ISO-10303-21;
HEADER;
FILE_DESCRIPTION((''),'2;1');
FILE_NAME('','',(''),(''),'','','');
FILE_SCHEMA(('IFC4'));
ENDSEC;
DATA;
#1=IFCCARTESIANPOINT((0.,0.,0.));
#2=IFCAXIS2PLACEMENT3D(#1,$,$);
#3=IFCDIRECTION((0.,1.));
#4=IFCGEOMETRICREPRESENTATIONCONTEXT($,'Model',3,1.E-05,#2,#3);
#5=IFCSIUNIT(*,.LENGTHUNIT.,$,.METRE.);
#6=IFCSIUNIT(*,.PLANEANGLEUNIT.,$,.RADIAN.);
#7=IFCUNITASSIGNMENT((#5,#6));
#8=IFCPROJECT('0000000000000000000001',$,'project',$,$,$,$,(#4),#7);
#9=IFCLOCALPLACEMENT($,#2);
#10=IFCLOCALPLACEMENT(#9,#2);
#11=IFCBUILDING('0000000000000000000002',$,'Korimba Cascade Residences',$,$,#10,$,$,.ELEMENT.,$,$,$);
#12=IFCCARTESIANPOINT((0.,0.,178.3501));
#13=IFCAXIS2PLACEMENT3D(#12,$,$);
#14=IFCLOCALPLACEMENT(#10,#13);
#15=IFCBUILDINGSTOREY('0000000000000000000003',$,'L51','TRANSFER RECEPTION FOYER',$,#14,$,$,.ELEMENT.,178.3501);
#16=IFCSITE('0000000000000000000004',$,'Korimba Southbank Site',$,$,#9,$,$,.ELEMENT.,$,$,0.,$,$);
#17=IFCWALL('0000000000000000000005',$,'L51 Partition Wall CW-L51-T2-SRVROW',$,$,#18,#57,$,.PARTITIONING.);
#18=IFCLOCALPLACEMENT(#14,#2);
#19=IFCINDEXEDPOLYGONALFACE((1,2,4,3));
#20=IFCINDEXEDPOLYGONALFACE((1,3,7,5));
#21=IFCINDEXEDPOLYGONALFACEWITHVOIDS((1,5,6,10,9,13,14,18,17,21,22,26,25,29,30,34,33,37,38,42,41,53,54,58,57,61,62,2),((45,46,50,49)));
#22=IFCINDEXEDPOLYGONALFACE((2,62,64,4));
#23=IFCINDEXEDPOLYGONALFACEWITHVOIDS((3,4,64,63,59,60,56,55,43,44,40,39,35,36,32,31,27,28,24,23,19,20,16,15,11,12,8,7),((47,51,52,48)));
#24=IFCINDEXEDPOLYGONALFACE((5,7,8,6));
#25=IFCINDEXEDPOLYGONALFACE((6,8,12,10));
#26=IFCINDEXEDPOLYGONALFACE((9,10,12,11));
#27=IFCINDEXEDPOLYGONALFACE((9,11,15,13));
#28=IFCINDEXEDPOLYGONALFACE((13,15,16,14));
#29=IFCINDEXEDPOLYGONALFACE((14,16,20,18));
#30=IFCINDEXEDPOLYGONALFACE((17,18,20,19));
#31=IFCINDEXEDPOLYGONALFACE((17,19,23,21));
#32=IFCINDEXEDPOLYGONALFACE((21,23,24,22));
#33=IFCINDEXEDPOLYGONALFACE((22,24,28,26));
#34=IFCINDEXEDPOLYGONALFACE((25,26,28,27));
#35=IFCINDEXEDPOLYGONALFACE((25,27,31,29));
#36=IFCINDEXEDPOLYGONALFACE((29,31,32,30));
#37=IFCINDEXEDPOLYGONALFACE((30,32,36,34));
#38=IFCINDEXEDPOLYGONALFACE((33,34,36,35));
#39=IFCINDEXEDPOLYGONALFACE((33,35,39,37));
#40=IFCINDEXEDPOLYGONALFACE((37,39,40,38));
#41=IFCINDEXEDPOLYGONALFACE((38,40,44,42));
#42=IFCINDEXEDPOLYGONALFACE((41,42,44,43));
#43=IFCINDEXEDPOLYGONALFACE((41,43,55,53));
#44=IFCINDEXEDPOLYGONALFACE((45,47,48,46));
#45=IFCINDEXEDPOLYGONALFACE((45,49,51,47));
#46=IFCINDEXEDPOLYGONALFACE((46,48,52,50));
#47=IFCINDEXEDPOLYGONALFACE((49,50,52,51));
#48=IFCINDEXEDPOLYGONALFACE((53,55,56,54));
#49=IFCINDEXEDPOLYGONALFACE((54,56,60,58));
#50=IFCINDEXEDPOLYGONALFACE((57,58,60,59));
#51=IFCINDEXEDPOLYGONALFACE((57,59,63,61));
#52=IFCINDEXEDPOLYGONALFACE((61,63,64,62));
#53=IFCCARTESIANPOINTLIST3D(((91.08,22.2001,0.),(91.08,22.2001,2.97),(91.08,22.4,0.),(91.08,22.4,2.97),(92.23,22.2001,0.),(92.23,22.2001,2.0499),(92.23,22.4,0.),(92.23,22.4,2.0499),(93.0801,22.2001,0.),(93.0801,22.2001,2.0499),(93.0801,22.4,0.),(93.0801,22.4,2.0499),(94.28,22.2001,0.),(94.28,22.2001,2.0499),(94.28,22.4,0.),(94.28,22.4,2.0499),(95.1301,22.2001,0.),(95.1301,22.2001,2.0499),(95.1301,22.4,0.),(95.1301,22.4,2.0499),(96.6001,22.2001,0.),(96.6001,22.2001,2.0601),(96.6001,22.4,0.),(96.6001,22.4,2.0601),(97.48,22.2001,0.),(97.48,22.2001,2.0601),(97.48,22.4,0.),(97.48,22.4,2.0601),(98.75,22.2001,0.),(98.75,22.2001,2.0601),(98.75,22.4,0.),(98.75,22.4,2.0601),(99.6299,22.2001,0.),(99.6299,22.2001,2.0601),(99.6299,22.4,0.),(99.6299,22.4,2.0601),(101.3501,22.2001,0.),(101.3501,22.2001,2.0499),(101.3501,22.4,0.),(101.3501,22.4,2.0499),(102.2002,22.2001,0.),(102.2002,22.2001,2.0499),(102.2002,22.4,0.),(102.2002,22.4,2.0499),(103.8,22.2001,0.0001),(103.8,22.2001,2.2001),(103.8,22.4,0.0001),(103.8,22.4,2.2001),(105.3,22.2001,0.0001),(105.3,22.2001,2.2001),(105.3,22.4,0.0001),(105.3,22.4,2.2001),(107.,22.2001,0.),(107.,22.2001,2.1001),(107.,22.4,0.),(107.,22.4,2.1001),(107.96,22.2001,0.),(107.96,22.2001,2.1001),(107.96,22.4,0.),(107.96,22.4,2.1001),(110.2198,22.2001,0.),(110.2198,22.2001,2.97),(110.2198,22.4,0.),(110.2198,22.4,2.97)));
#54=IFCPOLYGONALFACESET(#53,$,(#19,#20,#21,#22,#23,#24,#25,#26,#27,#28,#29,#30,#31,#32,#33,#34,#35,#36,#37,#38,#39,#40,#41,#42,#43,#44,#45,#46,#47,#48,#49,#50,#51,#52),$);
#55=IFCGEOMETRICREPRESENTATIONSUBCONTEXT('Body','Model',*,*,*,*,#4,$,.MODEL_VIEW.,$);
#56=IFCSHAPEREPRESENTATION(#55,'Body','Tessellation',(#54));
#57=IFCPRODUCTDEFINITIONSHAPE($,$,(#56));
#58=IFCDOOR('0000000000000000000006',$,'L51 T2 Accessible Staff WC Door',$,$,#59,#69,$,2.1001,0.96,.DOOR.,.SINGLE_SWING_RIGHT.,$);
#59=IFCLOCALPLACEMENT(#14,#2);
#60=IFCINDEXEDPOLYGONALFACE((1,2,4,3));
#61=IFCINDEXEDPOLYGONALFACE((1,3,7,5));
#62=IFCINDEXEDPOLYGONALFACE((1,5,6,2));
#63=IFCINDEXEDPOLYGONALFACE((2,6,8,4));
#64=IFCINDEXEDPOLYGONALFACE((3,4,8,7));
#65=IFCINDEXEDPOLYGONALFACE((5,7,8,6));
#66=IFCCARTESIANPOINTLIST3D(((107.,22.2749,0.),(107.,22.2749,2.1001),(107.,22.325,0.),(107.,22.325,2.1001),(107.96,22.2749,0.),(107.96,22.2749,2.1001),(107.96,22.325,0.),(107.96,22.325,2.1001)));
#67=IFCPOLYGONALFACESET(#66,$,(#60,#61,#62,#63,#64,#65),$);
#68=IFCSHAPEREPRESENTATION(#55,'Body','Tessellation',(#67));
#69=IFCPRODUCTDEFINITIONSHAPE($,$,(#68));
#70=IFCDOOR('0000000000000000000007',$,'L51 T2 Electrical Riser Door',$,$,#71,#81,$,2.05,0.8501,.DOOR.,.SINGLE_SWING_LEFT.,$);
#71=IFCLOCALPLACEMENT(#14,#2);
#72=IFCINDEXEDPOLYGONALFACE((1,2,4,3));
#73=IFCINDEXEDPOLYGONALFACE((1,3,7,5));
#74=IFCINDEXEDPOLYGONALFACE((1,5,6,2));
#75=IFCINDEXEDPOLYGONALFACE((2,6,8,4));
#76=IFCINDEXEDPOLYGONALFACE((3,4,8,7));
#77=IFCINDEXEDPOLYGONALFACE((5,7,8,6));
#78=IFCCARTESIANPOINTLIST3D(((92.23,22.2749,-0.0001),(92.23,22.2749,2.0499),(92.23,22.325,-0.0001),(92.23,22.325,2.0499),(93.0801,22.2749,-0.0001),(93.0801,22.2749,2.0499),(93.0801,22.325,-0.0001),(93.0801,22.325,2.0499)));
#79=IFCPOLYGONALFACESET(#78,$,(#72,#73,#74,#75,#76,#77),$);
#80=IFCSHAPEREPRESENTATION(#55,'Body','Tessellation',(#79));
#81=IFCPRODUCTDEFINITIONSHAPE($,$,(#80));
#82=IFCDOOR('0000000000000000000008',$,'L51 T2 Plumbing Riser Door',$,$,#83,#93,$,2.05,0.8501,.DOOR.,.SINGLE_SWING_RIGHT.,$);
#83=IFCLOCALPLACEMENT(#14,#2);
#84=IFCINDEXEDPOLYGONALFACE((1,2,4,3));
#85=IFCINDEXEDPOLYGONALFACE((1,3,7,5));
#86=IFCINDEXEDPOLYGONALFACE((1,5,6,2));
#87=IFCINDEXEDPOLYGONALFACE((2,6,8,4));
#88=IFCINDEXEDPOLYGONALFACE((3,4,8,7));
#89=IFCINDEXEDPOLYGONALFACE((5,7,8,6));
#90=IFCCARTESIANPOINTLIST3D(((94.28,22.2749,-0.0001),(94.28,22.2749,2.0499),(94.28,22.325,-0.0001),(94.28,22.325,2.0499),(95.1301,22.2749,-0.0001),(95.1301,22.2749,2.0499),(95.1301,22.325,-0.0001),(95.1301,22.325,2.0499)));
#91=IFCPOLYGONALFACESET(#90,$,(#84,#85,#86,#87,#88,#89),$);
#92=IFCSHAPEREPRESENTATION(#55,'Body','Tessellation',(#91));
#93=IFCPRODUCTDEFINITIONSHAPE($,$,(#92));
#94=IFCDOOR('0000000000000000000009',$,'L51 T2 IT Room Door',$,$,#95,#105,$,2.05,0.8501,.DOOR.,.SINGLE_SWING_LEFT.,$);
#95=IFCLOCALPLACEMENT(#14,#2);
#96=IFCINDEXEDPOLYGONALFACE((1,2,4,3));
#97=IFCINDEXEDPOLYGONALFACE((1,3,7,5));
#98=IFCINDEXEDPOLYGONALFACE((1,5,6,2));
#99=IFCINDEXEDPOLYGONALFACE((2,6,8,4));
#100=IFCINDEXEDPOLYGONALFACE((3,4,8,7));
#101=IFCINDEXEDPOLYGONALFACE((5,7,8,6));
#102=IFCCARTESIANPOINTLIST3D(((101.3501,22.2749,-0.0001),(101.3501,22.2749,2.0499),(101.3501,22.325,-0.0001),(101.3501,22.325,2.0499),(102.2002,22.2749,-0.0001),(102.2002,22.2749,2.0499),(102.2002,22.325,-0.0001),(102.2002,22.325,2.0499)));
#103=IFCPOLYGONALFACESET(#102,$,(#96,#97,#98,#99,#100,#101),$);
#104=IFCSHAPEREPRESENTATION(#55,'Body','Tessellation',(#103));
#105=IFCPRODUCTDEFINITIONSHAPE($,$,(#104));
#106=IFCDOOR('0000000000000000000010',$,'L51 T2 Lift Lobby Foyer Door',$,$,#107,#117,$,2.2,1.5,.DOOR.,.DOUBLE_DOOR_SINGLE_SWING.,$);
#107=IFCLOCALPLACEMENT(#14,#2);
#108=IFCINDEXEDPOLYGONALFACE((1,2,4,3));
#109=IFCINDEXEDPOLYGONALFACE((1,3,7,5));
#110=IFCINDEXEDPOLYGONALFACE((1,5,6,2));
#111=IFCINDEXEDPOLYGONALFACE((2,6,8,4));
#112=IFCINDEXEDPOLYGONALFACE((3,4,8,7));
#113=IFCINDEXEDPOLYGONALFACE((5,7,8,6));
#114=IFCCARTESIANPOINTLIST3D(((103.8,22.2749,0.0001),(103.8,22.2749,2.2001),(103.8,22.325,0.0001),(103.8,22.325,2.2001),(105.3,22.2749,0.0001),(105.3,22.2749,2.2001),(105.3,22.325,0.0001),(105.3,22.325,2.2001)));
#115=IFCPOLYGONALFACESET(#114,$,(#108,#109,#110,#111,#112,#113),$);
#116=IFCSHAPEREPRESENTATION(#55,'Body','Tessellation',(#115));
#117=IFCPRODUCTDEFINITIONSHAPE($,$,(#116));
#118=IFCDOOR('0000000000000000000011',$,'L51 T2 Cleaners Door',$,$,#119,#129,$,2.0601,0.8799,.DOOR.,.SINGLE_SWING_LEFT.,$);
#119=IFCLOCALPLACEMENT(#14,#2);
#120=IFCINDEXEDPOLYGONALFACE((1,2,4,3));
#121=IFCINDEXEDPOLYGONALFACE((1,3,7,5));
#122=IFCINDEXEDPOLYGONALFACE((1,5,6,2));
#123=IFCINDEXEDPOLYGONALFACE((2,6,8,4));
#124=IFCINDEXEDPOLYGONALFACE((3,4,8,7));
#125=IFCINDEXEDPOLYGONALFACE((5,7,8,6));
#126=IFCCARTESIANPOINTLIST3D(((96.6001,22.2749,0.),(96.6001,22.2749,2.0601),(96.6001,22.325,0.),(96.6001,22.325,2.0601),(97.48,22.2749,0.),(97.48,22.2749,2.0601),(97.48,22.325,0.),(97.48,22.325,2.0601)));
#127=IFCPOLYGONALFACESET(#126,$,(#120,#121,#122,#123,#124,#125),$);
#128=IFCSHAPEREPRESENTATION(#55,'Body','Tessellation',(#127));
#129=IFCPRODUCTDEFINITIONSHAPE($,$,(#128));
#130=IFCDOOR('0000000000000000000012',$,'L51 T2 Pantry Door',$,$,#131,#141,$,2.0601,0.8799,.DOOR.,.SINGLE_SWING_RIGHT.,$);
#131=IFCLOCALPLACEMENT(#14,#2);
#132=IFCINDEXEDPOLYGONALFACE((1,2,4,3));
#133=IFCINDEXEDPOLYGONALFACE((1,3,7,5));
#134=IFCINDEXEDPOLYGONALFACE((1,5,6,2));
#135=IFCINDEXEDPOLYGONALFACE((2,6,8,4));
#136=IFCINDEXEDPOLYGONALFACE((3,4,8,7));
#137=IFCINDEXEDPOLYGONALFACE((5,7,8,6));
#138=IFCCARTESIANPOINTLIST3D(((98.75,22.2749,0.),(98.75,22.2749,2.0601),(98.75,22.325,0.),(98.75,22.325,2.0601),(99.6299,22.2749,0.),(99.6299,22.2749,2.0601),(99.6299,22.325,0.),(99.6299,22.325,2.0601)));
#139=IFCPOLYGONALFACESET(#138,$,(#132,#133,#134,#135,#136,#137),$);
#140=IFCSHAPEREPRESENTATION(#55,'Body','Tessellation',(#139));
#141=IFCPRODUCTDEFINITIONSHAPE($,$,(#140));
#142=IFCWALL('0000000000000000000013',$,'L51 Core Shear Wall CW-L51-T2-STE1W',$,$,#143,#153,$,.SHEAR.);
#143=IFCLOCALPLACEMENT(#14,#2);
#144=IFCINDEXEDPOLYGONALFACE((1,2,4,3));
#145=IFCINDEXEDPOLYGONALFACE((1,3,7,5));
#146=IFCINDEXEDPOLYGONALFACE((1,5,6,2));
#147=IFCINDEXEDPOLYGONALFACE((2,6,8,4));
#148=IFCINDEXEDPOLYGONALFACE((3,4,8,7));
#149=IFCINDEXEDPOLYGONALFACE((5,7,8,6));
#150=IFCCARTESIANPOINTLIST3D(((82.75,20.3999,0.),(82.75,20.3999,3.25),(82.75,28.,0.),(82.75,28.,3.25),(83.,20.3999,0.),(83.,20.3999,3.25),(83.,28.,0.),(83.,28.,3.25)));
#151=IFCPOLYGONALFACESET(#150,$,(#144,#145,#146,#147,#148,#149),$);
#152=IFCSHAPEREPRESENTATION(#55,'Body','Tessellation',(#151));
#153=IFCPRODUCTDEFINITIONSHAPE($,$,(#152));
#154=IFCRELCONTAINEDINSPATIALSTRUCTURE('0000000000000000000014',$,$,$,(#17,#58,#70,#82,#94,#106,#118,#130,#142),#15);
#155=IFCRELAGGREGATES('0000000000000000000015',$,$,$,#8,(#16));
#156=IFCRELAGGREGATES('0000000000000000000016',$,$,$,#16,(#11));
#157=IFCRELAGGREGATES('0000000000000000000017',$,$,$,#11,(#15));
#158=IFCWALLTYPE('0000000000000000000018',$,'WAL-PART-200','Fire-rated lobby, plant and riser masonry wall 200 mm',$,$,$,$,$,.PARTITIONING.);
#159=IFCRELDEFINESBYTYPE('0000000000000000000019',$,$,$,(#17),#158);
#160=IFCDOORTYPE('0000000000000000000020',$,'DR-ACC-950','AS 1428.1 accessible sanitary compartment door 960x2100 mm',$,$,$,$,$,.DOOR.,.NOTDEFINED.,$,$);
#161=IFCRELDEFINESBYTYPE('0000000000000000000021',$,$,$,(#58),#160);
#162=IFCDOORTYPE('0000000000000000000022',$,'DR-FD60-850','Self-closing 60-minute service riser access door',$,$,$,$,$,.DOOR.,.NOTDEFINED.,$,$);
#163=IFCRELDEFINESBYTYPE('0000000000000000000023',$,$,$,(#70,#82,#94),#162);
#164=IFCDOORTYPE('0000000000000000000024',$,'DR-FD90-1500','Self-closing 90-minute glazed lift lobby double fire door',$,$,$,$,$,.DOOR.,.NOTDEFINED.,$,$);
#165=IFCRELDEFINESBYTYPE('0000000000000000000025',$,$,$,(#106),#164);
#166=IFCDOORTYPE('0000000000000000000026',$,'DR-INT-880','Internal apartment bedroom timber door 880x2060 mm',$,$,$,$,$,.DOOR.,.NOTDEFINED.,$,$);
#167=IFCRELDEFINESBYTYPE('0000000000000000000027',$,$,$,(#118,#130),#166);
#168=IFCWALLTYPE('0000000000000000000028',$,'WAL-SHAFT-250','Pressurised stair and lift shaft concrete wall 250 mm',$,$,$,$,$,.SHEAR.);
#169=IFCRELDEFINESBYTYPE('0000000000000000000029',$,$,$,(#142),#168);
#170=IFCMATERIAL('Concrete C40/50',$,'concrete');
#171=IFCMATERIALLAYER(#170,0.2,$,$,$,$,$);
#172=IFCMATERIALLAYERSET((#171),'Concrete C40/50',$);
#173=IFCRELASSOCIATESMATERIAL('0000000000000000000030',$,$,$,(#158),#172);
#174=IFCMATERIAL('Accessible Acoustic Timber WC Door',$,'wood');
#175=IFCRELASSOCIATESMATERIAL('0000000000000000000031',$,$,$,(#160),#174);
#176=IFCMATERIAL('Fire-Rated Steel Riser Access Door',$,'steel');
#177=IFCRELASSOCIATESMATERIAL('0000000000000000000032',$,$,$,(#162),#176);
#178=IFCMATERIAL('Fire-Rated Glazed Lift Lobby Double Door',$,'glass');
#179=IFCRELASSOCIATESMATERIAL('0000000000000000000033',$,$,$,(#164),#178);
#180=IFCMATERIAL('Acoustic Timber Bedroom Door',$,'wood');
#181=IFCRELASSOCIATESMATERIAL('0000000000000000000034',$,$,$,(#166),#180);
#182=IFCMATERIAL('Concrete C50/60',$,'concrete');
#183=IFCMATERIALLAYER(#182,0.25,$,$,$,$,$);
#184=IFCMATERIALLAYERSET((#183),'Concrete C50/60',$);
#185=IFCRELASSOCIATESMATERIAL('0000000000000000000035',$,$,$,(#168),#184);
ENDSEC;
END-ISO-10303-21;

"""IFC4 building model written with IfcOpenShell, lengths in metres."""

from ifc_helpers import new_model, si_unit, direction, frame, frame_2d, origin, place, context, subcontext, project, spatial, rectangle, extrude, material, layer, layer_set, type_object, element, fill, save


model = new_model("IFC4")

# Units and contexts
model_context = context("Model", 3, precision=1e-05, world=origin(), true_north=direction((0.0, 1.0)))
body_context = subcontext(model_context, "Body", "Model", "MODEL_VIEW")
ifc_project = project(units=[si_unit("LENGTHUNIT", "METRE"), si_unit("PLANEANGLEUNIT", "RADIAN")], contexts=[model_context])

# Site, building, storey
site_placement = place(None, origin())
site = spatial("IfcSite", under=ifc_project, at=site_placement, Name="Korimba Southbank Site", CompositionType="ELEMENT", RefElevation=0.0)
building_placement = place(site_placement, origin())
building = spatial("IfcBuilding", under=site, at=building_placement, Name="Korimba Cascade Residences", CompositionType="ELEMENT")
storey_placement = place(building_placement, frame((0.0, 0.0, 178.3501)))
storey = spatial("IfcBuildingStorey", under=building, at=storey_placement, Name="L51", Description="TRANSFER RECEPTION FOYER", CompositionType="ELEMENT", Elevation=178.3501)

# Shared definitions
ifc_material_1 = material(Name="Concrete C40/50", Category="concrete")
ifc_layer_1 = layer(ifc_material_1, 0.2)
ifc_layer_set_1 = layer_set([ifc_layer_1], Name="Concrete C40/50")
wall_type_1 = type_object("IfcWallType", Name="WAL-PART-200", Description="Fire-rated lobby, plant and riser masonry wall 200 mm", PredefinedType="PARTITIONING", material=ifc_layer_set_1)

# Wall, openings, doors
wall_1_placement = place(storey_placement, frame((91.0801, 22.3, 0.0), z_axis=(0.0, 0.0, 1.0), x_axis=(1.0, 0.0, 0.0)))
wall_1 = element("IfcWall", 1, at=wall_1_placement, inside=storey, type_object=wall_type_1, Name="L51 Partition Wall CW-L51-T2-SRVROW", PredefinedType="PARTITIONING", context=body_context, shape_type="SweptSolid", body=[
    extrude(rectangle(XDim=19.1399, YDim=0.2, at=frame_2d((9.5698, 0.0))), origin(), (0.0, 0.0, 1.0), 2.97),
])
opening_1_placement = place(wall_1_placement, frame((1.1499, 0.0, 0.0)))
opening_1 = element("IfcOpeningElement", 2, at=opening_1_placement, cuts=wall_1, PredefinedType="OPENING", context=body_context, shape_type="SweptSolid", body=[
    extrude(rectangle(XDim=0.8501, YDim=2.05, at=frame_2d((0.425, 1.0249))), frame((0.0, 0.1099, 0.0), z_axis=(0.0, -1.0, 0.0), x_axis=(1.0, 0.0, 0.0)), (0.0, 0.0, 1.0), 0.22),
])
opening_2_placement = place(wall_1_placement, frame((3.2, 0.0, 0.0)))
opening_2 = element("IfcOpeningElement", 3, at=opening_2_placement, cuts=wall_1, PredefinedType="OPENING", context=body_context, shape_type="SweptSolid", body=[
    extrude(rectangle(XDim=0.8501, YDim=2.05, at=frame_2d((0.425, 1.0249))), frame((0.0, 0.1099, 0.0), z_axis=(0.0, -1.0, 0.0), x_axis=(1.0, 0.0, 0.0)), (0.0, 0.0, 1.0), 0.22),
])
opening_3_placement = place(wall_1_placement, frame((12.72, 0.0, 0.0)))
opening_3 = element("IfcOpeningElement", 4, at=opening_3_placement, cuts=wall_1, PredefinedType="OPENING", context=body_context, shape_type="SweptSolid", body=[
    extrude(rectangle(XDim=1.5, YDim=2.2, at=frame_2d((0.75, 1.1001))), frame((0.0, 0.1099, 0.0), z_axis=(0.0, -1.0, 0.0), x_axis=(1.0, 0.0, 0.0)), (0.0, 0.0, 1.0), 0.22),
])
opening_4_placement = place(wall_1_placement, frame((5.52, 0.0, 0.0)))
opening_4 = element("IfcOpeningElement", 5, at=opening_4_placement, cuts=wall_1, PredefinedType="OPENING", context=body_context, shape_type="SweptSolid", body=[
    extrude(rectangle(XDim=0.8799, YDim=2.0601, at=frame_2d((0.4399, 1.03))), frame((0.0, 0.1099, 0.0), z_axis=(0.0, -1.0, 0.0), x_axis=(1.0, 0.0, 0.0)), (0.0, 0.0, 1.0), 0.22),
])
opening_5_placement = place(wall_1_placement, frame((7.6699, 0.0, 0.0)))
opening_5 = element("IfcOpeningElement", 6, at=opening_5_placement, cuts=wall_1, PredefinedType="OPENING", context=body_context, shape_type="SweptSolid", body=[
    extrude(rectangle(XDim=0.8799, YDim=2.0601, at=frame_2d((0.4399, 1.03))), frame((0.0, 0.1099, 0.0), z_axis=(0.0, -1.0, 0.0), x_axis=(1.0, 0.0, 0.0)), (0.0, 0.0, 1.0), 0.22),
])
opening_6_placement = place(wall_1_placement, frame((10.27, 0.0, 0.0)))
opening_6 = element("IfcOpeningElement", 7, at=opening_6_placement, cuts=wall_1, PredefinedType="OPENING", context=body_context, shape_type="SweptSolid", body=[
    extrude(rectangle(XDim=0.8501, YDim=2.05, at=frame_2d((0.425, 1.0249))), frame((0.0, 0.1099, 0.0), z_axis=(0.0, -1.0, 0.0), x_axis=(1.0, 0.0, 0.0)), (0.0, 0.0, 1.0), 0.22),
])
opening_7_placement = place(wall_1_placement, frame((15.9199, 0.0, 0.0)))
opening_7 = element("IfcOpeningElement", 8, at=opening_7_placement, cuts=wall_1, PredefinedType="OPENING", context=body_context, shape_type="SweptSolid", body=[
    extrude(rectangle(XDim=0.96, YDim=2.1001, at=frame_2d((0.48, 1.05))), frame((0.0, 0.1099, 0.0), z_axis=(0.0, -1.0, 0.0), x_axis=(1.0, 0.0, 0.0)), (0.0, 0.0, 1.0), 0.22),
])
ifc_material_2 = material(Name="Accessible Acoustic Timber WC Door", Category="wood")
door_type_1 = type_object("IfcDoorType", Name="DR-ACC-950", Description="AS 1428.1 accessible sanitary compartment door 960x2100 mm", OperationType="NOTDEFINED", PredefinedType="DOOR", material=ifc_material_2)
door_1_placement = place(opening_7_placement, origin())
door_1 = element("IfcDoor", 9, at=door_1_placement, inside=storey, type_object=door_type_1, Name="L51 T2 Accessible Staff WC Door", OperationType="SINGLE_SWING_RIGHT", OverallHeight=2.1001, OverallWidth=0.96, PredefinedType="DOOR", context=body_context, shape_type="SweptSolid", body=[
    extrude(rectangle(XDim=0.96, YDim=2.1001, at=frame_2d((0.48, 1.05))), frame((0.0, 0.0249, 0.0), z_axis=(0.0, -1.0, 0.0), x_axis=(1.0, 0.0, 0.0)), (0.0, 0.0, 1.0), 0.05),
])
fill(opening_7, door_1)
ifc_material_3 = material(Name="Fire-Rated Steel Riser Access Door", Category="steel")
door_type_2 = type_object("IfcDoorType", Name="DR-FD60-850", Description="Self-closing 60-minute service riser access door", OperationType="NOTDEFINED", PredefinedType="DOOR", material=ifc_material_3)
door_2_placement = place(opening_1_placement, origin())
door_2 = element("IfcDoor", 10, at=door_2_placement, inside=storey, type_object=door_type_2, Name="L51 T2 Electrical Riser Door", OperationType="SINGLE_SWING_LEFT", OverallHeight=2.05, OverallWidth=0.8501, PredefinedType="DOOR", context=body_context, shape_type="SweptSolid", body=[
    extrude(rectangle(XDim=0.8501, YDim=2.05, at=frame_2d((0.425, 1.0249))), frame((0.0, 0.0249, 0.0), z_axis=(0.0, -1.0, 0.0), x_axis=(1.0, 0.0, 0.0)), (0.0, 0.0, 1.0), 0.05),
])
fill(opening_1, door_2)
door_3_placement = place(opening_2_placement, origin())
door_3 = element("IfcDoor", 11, at=door_3_placement, inside=storey, type_object=door_type_2, Name="L51 T2 Plumbing Riser Door", OperationType="SINGLE_SWING_RIGHT", OverallHeight=2.05, OverallWidth=0.8501, PredefinedType="DOOR", context=body_context, shape_type="SweptSolid", body=[
    extrude(rectangle(XDim=0.8501, YDim=2.05, at=frame_2d((0.425, 1.0249))), frame((0.0, 0.0249, 0.0), z_axis=(0.0, -1.0, 0.0), x_axis=(1.0, 0.0, 0.0)), (0.0, 0.0, 1.0), 0.05),
])
fill(opening_2, door_3)
door_4_placement = place(opening_6_placement, origin())
door_4 = element("IfcDoor", 12, at=door_4_placement, inside=storey, type_object=door_type_2, Name="L51 T2 IT Room Door", OperationType="SINGLE_SWING_LEFT", OverallHeight=2.05, OverallWidth=0.8501, PredefinedType="DOOR", context=body_context, shape_type="SweptSolid", body=[
    extrude(rectangle(XDim=0.8501, YDim=2.05, at=frame_2d((0.425, 1.0249))), frame((0.0, 0.0249, 0.0), z_axis=(0.0, -1.0, 0.0), x_axis=(1.0, 0.0, 0.0)), (0.0, 0.0, 1.0), 0.05),
])
fill(opening_6, door_4)
ifc_material_4 = material(Name="Fire-Rated Glazed Lift Lobby Double Door", Category="glass")
door_type_3 = type_object("IfcDoorType", Name="DR-FD90-1500", Description="Self-closing 90-minute glazed lift lobby double fire door", OperationType="NOTDEFINED", PredefinedType="DOOR", material=ifc_material_4)
door_5_placement = place(opening_3_placement, origin())
door_5 = element("IfcDoor", 13, at=door_5_placement, inside=storey, type_object=door_type_3, Name="L51 T2 Lift Lobby Foyer Door", OperationType="DOUBLE_DOOR_SINGLE_SWING", OverallHeight=2.2, OverallWidth=1.5, PredefinedType="DOOR", context=body_context, shape_type="SweptSolid", body=[
    extrude(rectangle(XDim=1.5, YDim=2.2, at=frame_2d((0.75, 1.1001))), frame((0.0, 0.0249, 0.0), z_axis=(0.0, -1.0, 0.0), x_axis=(1.0, 0.0, 0.0)), (0.0, 0.0, 1.0), 0.05),
])
fill(opening_3, door_5)
ifc_material_5 = material(Name="Acoustic Timber Bedroom Door", Category="wood")
door_type_4 = type_object("IfcDoorType", Name="DR-INT-880", Description="Internal apartment bedroom timber door 880x2060 mm", OperationType="NOTDEFINED", PredefinedType="DOOR", material=ifc_material_5)
door_6_placement = place(opening_4_placement, origin())
door_6 = element("IfcDoor", 14, at=door_6_placement, inside=storey, type_object=door_type_4, Name="L51 T2 Cleaners Door", OperationType="SINGLE_SWING_LEFT", OverallHeight=2.0601, OverallWidth=0.8799, PredefinedType="DOOR", context=body_context, shape_type="SweptSolid", body=[
    extrude(rectangle(XDim=0.8799, YDim=2.0601, at=frame_2d((0.4399, 1.03))), frame((0.0, 0.0249, 0.0), z_axis=(0.0, -1.0, 0.0), x_axis=(1.0, 0.0, 0.0)), (0.0, 0.0, 1.0), 0.05),
])
fill(opening_4, door_6)
door_7_placement = place(opening_5_placement, origin())
door_7 = element("IfcDoor", 15, at=door_7_placement, inside=storey, type_object=door_type_4, Name="L51 T2 Pantry Door", OperationType="SINGLE_SWING_RIGHT", OverallHeight=2.0601, OverallWidth=0.8799, PredefinedType="DOOR", context=body_context, shape_type="SweptSolid", body=[
    extrude(rectangle(XDim=0.8799, YDim=2.0601, at=frame_2d((0.4399, 1.03))), frame((0.0, 0.0249, 0.0), z_axis=(0.0, -1.0, 0.0), x_axis=(1.0, 0.0, 0.0)), (0.0, 0.0, 1.0), 0.05),
])
fill(opening_5, door_7)

# Wall
ifc_material_6 = material(Name="Concrete C50/60", Category="concrete")
ifc_layer_2 = layer(ifc_material_6, 0.25)
ifc_layer_set_2 = layer_set([ifc_layer_2], Name="Concrete C50/60")
wall_type_2 = type_object("IfcWallType", Name="WAL-SHAFT-250", Description="Pressurised stair and lift shaft concrete wall 250 mm", PredefinedType="SHEAR", material=ifc_layer_set_2)
wall_2_placement = place(storey_placement, frame((82.875, 20.3999, 0.0), z_axis=(0.0, 0.0, 1.0), x_axis=(0.0, 1.0, 0.0)))
element("IfcWall", 16, at=wall_2_placement, inside=storey, type_object=wall_type_2, Name="L51 Core Shear Wall CW-L51-T2-STE1W", PredefinedType="SHEAR", context=body_context, shape_type="SweptSolid", body=[
    extrude(rectangle(XDim=7.6001, YDim=0.25, at=frame_2d((3.8, 0.0))), origin(), (0.0, 0.0, 1.0), 3.25),
])

save(model, "model.ifc")
